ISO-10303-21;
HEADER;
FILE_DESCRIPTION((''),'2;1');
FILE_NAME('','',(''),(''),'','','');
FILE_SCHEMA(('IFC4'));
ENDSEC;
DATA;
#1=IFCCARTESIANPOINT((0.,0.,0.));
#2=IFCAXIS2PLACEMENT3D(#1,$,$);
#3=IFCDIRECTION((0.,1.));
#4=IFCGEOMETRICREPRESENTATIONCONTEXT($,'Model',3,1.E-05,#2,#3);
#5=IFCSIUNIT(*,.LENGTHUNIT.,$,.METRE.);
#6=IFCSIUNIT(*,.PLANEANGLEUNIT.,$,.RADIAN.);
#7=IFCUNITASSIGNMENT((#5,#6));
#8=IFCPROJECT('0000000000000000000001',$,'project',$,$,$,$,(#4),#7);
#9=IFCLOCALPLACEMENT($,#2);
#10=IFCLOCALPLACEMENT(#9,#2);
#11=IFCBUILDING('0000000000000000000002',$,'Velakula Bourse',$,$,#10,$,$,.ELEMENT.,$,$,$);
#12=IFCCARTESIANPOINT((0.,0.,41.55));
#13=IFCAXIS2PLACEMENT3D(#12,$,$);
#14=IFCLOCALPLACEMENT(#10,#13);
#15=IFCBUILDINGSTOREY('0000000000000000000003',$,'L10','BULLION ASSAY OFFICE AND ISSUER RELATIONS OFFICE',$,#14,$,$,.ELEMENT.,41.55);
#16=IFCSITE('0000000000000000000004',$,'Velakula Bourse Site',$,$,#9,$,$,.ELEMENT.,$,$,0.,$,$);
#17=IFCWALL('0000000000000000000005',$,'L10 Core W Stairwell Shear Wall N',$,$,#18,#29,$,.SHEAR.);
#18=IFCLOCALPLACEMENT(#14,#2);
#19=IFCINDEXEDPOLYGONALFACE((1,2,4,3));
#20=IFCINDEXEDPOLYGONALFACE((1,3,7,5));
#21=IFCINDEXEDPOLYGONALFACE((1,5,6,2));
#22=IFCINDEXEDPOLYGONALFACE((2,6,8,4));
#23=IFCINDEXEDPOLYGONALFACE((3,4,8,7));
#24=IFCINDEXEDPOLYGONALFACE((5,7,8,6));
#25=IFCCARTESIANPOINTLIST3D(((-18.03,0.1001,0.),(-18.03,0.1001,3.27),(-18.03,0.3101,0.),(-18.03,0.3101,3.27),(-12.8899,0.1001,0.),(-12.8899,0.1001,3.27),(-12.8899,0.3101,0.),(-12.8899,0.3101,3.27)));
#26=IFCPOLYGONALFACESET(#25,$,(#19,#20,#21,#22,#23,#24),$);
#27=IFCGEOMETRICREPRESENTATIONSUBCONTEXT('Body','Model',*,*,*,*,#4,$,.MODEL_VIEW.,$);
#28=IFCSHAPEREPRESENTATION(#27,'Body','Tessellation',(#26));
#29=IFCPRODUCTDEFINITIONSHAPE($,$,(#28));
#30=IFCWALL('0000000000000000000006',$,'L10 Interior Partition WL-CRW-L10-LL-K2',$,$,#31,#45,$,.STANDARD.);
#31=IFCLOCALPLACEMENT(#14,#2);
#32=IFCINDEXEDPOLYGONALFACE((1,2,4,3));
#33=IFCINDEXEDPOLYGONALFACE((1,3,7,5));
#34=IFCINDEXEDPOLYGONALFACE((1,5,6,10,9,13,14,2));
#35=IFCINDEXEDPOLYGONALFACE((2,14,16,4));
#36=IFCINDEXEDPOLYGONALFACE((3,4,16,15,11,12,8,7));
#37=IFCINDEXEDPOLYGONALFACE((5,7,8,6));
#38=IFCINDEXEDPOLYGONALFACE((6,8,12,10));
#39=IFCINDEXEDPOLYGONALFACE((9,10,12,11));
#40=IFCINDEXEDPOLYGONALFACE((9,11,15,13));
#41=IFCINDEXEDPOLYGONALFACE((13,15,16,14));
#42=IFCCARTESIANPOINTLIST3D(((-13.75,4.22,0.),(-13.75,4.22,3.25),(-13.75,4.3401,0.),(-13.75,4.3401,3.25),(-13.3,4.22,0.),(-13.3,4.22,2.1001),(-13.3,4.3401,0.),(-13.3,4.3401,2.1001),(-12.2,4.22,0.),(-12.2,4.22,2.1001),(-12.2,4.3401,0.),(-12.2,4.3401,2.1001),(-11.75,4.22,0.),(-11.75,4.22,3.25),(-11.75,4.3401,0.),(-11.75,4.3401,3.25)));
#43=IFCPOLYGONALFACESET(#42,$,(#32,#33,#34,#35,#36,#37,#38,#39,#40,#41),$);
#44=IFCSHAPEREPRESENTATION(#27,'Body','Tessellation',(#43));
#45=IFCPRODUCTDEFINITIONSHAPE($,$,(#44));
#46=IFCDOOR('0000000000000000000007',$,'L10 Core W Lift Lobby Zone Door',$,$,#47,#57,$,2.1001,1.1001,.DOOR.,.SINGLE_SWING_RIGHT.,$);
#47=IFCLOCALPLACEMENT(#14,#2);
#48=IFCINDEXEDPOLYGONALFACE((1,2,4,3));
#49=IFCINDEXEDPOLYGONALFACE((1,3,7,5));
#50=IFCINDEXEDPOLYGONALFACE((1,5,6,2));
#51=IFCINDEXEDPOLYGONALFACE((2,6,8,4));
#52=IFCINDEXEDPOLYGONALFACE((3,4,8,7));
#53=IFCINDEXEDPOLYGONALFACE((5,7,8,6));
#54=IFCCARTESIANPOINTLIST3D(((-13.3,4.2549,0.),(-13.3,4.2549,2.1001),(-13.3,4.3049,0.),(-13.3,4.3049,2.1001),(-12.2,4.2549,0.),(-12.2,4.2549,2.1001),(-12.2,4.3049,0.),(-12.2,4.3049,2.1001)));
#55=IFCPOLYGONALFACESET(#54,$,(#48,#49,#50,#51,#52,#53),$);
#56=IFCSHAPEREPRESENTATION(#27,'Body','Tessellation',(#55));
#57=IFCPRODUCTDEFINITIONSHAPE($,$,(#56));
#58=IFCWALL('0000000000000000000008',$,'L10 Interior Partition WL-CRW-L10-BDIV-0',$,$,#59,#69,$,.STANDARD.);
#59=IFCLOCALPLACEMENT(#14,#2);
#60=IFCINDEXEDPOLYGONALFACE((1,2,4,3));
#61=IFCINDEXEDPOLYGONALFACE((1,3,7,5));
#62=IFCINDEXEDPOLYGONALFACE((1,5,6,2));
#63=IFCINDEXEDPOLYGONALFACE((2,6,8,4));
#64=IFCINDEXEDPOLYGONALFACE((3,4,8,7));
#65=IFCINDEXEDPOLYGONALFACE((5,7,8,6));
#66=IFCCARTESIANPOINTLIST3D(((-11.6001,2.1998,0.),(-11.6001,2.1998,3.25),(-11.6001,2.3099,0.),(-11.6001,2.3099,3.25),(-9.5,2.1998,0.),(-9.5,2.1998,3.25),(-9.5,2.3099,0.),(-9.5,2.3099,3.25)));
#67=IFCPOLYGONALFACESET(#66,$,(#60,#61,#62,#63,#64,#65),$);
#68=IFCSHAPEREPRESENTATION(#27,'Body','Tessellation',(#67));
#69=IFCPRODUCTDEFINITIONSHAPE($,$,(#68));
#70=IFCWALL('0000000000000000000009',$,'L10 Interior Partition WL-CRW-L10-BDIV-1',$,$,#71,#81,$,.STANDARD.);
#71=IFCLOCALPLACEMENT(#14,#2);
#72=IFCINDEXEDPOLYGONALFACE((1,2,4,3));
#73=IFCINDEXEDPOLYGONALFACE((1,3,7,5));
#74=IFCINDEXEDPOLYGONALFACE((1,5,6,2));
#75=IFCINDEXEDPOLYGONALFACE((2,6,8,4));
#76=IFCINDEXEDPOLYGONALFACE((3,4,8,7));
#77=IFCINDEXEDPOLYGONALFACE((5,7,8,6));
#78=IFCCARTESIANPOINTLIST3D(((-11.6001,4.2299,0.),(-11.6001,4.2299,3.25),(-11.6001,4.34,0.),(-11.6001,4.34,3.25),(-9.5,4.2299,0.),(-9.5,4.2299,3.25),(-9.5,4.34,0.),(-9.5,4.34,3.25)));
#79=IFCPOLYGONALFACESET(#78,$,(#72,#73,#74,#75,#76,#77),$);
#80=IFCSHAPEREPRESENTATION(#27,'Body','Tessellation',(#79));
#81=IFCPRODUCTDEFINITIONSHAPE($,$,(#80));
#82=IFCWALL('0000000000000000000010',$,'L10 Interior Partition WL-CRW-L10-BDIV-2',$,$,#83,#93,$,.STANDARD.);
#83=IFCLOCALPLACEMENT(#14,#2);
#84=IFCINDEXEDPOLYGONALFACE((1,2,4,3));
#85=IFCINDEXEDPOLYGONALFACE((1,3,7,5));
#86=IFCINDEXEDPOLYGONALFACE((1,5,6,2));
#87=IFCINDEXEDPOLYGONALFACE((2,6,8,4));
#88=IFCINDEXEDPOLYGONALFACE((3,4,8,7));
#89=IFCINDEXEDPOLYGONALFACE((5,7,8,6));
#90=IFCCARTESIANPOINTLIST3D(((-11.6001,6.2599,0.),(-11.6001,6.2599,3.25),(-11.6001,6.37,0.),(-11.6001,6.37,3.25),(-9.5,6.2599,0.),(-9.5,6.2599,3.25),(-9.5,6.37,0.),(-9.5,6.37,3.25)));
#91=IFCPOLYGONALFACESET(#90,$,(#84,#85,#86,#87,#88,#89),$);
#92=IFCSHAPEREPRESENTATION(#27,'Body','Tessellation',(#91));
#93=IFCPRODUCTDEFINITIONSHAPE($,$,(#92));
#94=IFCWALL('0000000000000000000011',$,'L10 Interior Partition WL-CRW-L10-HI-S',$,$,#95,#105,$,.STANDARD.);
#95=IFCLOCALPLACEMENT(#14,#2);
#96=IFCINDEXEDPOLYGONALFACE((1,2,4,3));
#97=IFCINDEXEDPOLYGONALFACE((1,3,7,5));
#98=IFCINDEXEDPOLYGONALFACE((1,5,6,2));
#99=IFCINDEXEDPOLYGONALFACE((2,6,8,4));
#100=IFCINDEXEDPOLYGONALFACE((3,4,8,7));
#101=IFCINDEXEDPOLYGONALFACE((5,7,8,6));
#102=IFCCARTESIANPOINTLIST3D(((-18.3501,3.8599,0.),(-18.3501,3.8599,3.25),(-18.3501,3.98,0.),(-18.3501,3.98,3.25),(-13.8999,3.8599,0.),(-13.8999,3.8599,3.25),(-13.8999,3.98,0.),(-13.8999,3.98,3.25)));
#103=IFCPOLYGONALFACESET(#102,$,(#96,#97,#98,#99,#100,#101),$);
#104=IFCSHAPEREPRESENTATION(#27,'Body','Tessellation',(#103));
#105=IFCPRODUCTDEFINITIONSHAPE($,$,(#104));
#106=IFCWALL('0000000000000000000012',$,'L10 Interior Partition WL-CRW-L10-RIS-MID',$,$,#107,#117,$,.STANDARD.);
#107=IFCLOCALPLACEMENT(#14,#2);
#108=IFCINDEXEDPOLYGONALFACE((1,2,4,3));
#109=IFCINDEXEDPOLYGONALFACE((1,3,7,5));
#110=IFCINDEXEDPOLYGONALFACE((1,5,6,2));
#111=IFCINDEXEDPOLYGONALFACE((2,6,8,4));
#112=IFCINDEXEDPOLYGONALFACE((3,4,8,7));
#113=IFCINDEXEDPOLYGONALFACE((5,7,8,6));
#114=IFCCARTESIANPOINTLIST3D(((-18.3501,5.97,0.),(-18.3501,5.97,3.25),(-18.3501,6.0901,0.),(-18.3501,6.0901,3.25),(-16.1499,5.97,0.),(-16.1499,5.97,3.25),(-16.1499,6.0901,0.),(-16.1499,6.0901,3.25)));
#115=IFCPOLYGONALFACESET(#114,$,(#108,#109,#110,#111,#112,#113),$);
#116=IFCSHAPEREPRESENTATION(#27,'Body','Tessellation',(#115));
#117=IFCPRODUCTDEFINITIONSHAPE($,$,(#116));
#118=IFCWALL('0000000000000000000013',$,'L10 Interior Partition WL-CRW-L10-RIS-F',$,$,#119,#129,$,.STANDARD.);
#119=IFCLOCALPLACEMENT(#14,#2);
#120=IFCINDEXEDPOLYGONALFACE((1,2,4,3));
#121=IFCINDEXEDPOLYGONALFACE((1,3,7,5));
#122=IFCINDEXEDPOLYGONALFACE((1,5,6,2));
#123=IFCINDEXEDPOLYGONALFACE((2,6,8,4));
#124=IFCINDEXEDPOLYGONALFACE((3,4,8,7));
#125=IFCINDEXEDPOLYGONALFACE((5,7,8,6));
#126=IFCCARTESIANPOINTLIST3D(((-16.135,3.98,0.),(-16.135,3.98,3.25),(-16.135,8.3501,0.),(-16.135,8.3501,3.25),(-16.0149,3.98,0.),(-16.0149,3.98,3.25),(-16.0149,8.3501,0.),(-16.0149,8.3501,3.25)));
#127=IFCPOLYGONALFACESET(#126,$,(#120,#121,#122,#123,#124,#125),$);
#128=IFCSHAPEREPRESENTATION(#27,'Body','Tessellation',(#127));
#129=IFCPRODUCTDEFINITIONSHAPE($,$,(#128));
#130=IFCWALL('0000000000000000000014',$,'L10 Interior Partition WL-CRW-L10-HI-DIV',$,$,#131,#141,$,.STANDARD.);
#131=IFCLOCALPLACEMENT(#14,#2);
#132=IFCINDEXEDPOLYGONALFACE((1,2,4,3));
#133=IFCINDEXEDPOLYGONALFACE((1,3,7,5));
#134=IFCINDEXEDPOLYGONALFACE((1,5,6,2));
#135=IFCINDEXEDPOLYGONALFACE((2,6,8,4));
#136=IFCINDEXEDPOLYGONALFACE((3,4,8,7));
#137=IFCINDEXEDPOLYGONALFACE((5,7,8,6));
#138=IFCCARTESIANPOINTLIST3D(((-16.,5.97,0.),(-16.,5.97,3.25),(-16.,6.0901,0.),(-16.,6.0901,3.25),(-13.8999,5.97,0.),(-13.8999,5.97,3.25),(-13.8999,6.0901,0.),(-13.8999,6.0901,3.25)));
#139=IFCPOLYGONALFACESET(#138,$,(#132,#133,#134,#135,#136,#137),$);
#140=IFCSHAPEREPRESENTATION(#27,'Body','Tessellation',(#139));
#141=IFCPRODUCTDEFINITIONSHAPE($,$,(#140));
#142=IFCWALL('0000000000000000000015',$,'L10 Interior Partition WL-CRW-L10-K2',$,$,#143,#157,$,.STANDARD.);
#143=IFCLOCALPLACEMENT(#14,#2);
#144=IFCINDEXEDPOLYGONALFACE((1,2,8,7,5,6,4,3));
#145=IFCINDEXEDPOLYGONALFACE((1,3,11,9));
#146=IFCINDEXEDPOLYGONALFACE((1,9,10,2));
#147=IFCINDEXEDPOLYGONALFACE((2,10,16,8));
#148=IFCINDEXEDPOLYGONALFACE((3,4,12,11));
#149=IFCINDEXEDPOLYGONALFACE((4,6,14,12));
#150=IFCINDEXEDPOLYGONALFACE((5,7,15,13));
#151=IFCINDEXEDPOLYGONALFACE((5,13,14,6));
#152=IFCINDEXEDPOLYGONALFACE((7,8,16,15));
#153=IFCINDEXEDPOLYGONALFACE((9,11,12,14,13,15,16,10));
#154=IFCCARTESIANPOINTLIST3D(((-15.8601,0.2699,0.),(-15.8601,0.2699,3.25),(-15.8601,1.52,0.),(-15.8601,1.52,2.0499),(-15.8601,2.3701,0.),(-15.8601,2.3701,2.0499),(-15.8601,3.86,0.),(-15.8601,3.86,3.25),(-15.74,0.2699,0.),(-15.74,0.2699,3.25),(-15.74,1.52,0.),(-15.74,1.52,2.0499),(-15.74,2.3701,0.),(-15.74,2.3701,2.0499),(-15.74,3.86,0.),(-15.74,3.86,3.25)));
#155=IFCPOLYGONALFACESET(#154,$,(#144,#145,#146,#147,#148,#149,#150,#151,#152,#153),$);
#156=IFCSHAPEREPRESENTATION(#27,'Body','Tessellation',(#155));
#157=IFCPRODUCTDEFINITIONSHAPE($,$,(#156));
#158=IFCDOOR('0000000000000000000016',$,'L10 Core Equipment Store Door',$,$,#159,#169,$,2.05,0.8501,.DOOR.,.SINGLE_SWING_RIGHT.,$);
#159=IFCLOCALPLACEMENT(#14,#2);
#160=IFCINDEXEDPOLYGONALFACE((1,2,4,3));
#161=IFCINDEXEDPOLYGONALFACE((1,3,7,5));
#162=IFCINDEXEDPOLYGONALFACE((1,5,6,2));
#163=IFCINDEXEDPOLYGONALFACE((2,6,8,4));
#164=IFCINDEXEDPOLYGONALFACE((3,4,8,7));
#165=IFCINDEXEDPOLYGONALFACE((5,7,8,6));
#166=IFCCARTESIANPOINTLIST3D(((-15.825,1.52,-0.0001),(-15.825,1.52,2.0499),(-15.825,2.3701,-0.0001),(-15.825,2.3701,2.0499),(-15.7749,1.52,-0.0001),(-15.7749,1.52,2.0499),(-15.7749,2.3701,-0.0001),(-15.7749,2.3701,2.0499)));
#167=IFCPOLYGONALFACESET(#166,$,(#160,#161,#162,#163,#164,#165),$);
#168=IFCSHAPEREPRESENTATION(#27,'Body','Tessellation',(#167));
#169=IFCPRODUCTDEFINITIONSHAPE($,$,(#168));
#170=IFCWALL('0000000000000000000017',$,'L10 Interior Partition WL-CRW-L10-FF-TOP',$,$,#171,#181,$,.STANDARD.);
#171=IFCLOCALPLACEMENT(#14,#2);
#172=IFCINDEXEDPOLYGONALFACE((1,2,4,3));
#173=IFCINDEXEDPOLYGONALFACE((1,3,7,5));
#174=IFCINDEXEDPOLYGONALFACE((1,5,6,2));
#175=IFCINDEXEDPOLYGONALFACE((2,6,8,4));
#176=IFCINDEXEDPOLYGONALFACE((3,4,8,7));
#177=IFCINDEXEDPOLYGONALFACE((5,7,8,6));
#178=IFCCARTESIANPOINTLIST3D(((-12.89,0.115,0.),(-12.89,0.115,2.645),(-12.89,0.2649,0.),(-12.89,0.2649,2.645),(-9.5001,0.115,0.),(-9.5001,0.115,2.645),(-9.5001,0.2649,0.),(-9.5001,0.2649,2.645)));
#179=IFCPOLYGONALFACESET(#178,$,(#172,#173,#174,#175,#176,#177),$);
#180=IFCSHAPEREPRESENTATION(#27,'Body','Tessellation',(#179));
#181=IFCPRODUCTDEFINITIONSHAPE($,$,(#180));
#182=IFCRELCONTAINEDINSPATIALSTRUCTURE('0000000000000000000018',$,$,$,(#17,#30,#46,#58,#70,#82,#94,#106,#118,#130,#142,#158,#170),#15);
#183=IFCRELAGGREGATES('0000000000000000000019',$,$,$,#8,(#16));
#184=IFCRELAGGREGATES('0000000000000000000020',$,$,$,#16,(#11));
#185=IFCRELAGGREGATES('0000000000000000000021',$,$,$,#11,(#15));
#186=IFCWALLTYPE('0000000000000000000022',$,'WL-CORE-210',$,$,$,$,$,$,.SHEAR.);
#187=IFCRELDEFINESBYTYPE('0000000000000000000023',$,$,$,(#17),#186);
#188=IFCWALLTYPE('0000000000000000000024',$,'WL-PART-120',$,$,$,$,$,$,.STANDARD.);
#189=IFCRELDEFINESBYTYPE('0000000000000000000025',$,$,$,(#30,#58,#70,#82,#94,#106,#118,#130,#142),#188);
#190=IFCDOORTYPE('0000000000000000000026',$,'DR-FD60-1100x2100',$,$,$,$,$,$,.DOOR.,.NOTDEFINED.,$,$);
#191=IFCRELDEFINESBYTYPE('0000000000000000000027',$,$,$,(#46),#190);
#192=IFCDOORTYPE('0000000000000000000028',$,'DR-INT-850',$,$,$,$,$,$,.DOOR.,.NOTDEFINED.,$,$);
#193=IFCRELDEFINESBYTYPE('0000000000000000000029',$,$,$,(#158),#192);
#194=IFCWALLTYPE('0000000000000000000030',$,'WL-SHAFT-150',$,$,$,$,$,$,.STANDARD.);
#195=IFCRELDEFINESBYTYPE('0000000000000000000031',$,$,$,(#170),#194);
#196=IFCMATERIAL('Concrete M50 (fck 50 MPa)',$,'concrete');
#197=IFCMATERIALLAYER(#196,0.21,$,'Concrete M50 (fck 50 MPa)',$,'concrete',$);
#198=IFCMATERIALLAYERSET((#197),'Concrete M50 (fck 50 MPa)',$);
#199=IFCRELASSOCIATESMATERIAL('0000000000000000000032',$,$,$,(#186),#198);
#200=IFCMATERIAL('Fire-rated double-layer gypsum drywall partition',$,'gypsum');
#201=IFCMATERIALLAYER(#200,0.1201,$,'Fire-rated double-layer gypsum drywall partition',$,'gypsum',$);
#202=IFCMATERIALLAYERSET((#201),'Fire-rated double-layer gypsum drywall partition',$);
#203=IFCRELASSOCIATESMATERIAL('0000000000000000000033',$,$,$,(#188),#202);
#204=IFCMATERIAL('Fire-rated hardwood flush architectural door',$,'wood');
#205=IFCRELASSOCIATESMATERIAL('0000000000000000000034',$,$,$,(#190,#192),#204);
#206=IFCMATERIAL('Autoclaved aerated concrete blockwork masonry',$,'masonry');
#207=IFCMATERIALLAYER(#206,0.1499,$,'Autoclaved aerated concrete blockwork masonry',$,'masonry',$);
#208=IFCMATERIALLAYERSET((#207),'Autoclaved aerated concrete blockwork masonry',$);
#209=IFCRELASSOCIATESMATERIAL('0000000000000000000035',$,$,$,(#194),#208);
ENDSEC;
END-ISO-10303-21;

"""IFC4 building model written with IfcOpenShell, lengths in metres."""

from ifc_helpers import new_model, si_unit, direction, frame, frame_2d, origin, place, context, subcontext, project, spatial, rectangle, extrude, material, layer, layer_set, type_object, element, fill, save


model = new_model("IFC4")

# Units and contexts
model_context = context("Model", 3, precision=1e-05, world=origin(), true_north=direction((0.0, 1.0)))
body_context = subcontext(model_context, "Body", "Model", "MODEL_VIEW")
ifc_project = project(units=[si_unit("LENGTHUNIT", "METRE"), si_unit("PLANEANGLEUNIT", "RADIAN")], contexts=[model_context])

# Site, building, storey
site_placement = place(None, origin())
site = spatial("IfcSite", under=ifc_project, at=site_placement, Name="Velakula Bourse Site", CompositionType="ELEMENT", RefElevation=0.0)
building_placement = place(site_placement, origin())
building = spatial("IfcBuilding", under=site, at=building_placement, Name="Velakula Bourse", CompositionType="ELEMENT")
storey_placement = place(building_placement, frame((0.0, 0.0, 41.55)))
storey = spatial("IfcBuildingStorey", under=building, at=storey_placement, Name="L10", Description="BULLION ASSAY OFFICE AND ISSUER RELATIONS OFFICE", CompositionType="ELEMENT", Elevation=41.55)

# Wall
ifc_material_1 = material(Name="Concrete M50 (fck 50 MPa)", Category="concrete")
ifc_layer_1 = layer(ifc_material_1, 0.21, Name="Concrete M50 (fck 50 MPa)", Category="concrete")
ifc_layer_set_1 = layer_set([ifc_layer_1], Name="Concrete M50 (fck 50 MPa)")
wall_type_1 = type_object("IfcWallType", Name="WL-CORE-210", PredefinedType="SHEAR", material=ifc_layer_set_1)
wall_1_placement = place(storey_placement, frame((-12.8899, 0.2051, 0.0), z_axis=(0.0, 0.0, 1.0), x_axis=(-1.0, 0.0, 0.0)))
element("IfcWall", 1, at=wall_1_placement, inside=storey, type_object=wall_type_1, Name="L10 Core W Stairwell Shear Wall N", PredefinedType="SHEAR", context=body_context, shape_type="SweptSolid", body=[
    extrude(rectangle(XDim=5.1401, YDim=0.21, at=frame_2d((2.5701, 0.0))), origin(), (0.0, 0.0, 1.0), 3.27),
])

# Wall, opening, door
ifc_material_2 = material(Name="Fire-rated double-layer gypsum drywall partition", Category="gypsum")
ifc_layer_2 = layer(ifc_material_2, 0.1201, Name="Fire-rated double-layer gypsum drywall partition", Category="gypsum")
ifc_layer_set_2 = layer_set([ifc_layer_2], Name="Fire-rated double-layer gypsum drywall partition")
wall_type_2 = type_object("IfcWallType", Name="WL-PART-120", PredefinedType="STANDARD", material=ifc_layer_set_2)
wall_2_placement = place(storey_placement, frame((-13.75, 4.28, 0.0), z_axis=(0.0, 0.0, 1.0), x_axis=(1.0, 0.0, 0.0)))
wall_2 = element("IfcWall", 2, at=wall_2_placement, inside=storey, type_object=wall_type_2, Name="L10 Interior Partition WL-CRW-L10-LL-K2", PredefinedType="STANDARD", context=body_context, shape_type="SweptSolid", body=[
    extrude(rectangle(XDim=2.0, YDim=0.1201, at=frame_2d((1.0, 0.0))), origin(), (0.0, 0.0, 1.0), 3.25),
])
opening_1_placement = place(wall_2_placement, frame((0.45, 0.0, 0.0)))
opening_1 = element("IfcOpeningElement", 3, at=opening_1_placement, cuts=wall_2, PredefinedType="OPENING", context=body_context, shape_type="SweptSolid", body=[
    extrude(rectangle(XDim=1.1001, YDim=2.1001, at=frame_2d((0.55, 1.05))), frame((0.0, 0.0701, 0.0), z_axis=(0.0, -1.0, 0.0), x_axis=(1.0, 0.0, 0.0)), (0.0, 0.0, 1.0), 0.1401),
])
ifc_material_3 = material(Name="Fire-rated hardwood flush architectural door", Category="wood")
door_type_1 = type_object("IfcDoorType", Name="DR-FD60-1100x2100", OperationType="NOTDEFINED", PredefinedType="DOOR", material=ifc_material_3)
door_1_placement = place(opening_1_placement, origin())
door_1 = element("IfcDoor", 4, at=door_1_placement, inside=storey, type_object=door_type_1, Name="L10 Core W Lift Lobby Zone Door", OperationType="SINGLE_SWING_RIGHT", OverallHeight=2.1001, OverallWidth=1.1001, PredefinedType="DOOR", context=body_context, shape_type="SweptSolid", body=[
    extrude(rectangle(XDim=1.1001, YDim=2.1001, at=frame_2d((0.55, 1.05))), frame((0.0, 0.0249, 0.0), z_axis=(0.0, -1.0, 0.0), x_axis=(1.0, 0.0, 0.0)), (0.0, 0.0, 1.0), 0.05),
])
fill(opening_1, door_1)

# Walls
for number, where, z_axis, x_axis, name in (
    (5, (-11.6001, 2.2549, 0.0), (0.0, 0.0, 1.0), (1.0, 0.0, 0.0), "L10 Interior Partition WL-CRW-L10-BDIV-0"),
    (6, (-11.6001, 4.2849, 0.0), (0.0, 0.0, 1.0), (1.0, 0.0, 0.0), "L10 Interior Partition WL-CRW-L10-BDIV-1"),
    (7, (-11.6001, 6.3149, 0.0), (0.0, 0.0, 1.0), (1.0, 0.0, 0.0), "L10 Interior Partition WL-CRW-L10-BDIV-2"),
):
    element("IfcWall", number, at=place(storey_placement, frame(where, z_axis=z_axis, x_axis=x_axis)), inside=storey, type_object=wall_type_2, Name=name, PredefinedType="STANDARD", context=body_context, shape_type="SweptSolid", body=[
        extrude(rectangle(XDim=2.1001, YDim=0.1101, at=frame_2d((1.05, 0.0))), origin(), (0.0, 0.0, 1.0), 3.25),
    ])
wall_3_placement = place(storey_placement, frame((-18.3501, 3.9199, 0.0), z_axis=(0.0, 0.0, 1.0), x_axis=(1.0, 0.0, 0.0)))
element("IfcWall", 8, at=wall_3_placement, inside=storey, type_object=wall_type_2, Name="L10 Interior Partition WL-CRW-L10-HI-S", PredefinedType="STANDARD", context=body_context, shape_type="SweptSolid", body=[
    extrude(rectangle(XDim=4.4502, YDim=0.1201, at=frame_2d((2.2251, 0.0))), origin(), (0.0, 0.0, 1.0), 3.25),
])
wall_4_placement = place(storey_placement, frame((-18.3501, 6.03, 0.0), z_axis=(0.0, 0.0, 1.0), x_axis=(1.0, 0.0, 0.0)))
element("IfcWall", 9, at=wall_4_placement, inside=storey, type_object=wall_type_2, Name="L10 Interior Partition WL-CRW-L10-RIS-MID", PredefinedType="STANDARD", context=body_context, shape_type="SweptSolid", body=[
    extrude(rectangle(XDim=2.2002, YDim=0.1201, at=frame_2d((1.1001, 0.0))), origin(), (0.0, 0.0, 1.0), 3.25),
])
wall_5_placement = place(storey_placement, frame((-16.075, 3.98, 0.0), z_axis=(0.0, 0.0, 1.0), x_axis=(0.0, 1.0, 0.0)))
element("IfcWall", 10, at=wall_5_placement, inside=storey, type_object=wall_type_2, Name="L10 Interior Partition WL-CRW-L10-RIS-F", PredefinedType="STANDARD", context=body_context, shape_type="SweptSolid", body=[
    extrude(rectangle(XDim=4.3701, YDim=0.1201, at=frame_2d((2.1851, 0.0))), origin(), (0.0, 0.0, 1.0), 3.25),
])
wall_6_placement = place(storey_placement, frame((-16.0, 6.03, 0.0), z_axis=(0.0, 0.0, 1.0), x_axis=(1.0, 0.0, 0.0)))
element("IfcWall", 11, at=wall_6_placement, inside=storey, type_object=wall_type_2, Name="L10 Interior Partition WL-CRW-L10-HI-DIV", PredefinedType="STANDARD", context=body_context, shape_type="SweptSolid", body=[
    extrude(rectangle(XDim=2.1001, YDim=0.1201, at=frame_2d((1.05, 0.0))), origin(), (0.0, 0.0, 1.0), 3.25),
])

# Wall, opening, door
wall_7_placement = place(storey_placement, frame((-15.8, 0.27, 0.0), z_axis=(0.0, 0.0, 1.0), x_axis=(0.0, 1.0, 0.0)))
wall_7 = element("IfcWall", 12, at=wall_7_placement, inside=storey, type_object=wall_type_2, Name="L10 Interior Partition WL-CRW-L10-K2", PredefinedType="STANDARD", context=body_context, shape_type="SweptSolid", body=[
    extrude(rectangle(XDim=3.5901, YDim=0.1201, at=frame_2d((1.7949, 0.0))), origin(), (0.0, 0.0, 1.0), 3.25),
])
opening_2_placement = place(wall_7_placement, frame((1.25, 0.0, 0.0)))
opening_2 = element("IfcOpeningElement", 13, at=opening_2_placement, cuts=wall_7, PredefinedType="OPENING", context=body_context, shape_type="SweptSolid", body=[
    extrude(rectangle(XDim=0.8501, YDim=2.05, at=frame_2d((0.425, 1.0249))), frame((0.0, 0.0701, 0.0), z_axis=(0.0, -1.0, 0.0), x_axis=(1.0, 0.0, 0.0)), (0.0, 0.0, 1.0), 0.1401),
])
door_type_2 = type_object("IfcDoorType", Name="DR-INT-850", OperationType="NOTDEFINED", PredefinedType="DOOR", material=ifc_material_3)
door_2_placement = place(opening_2_placement, origin())
door_2 = element("IfcDoor", 14, at=door_2_placement, inside=storey, type_object=door_type_2, Name="L10 Core Equipment Store Door", OperationType="SINGLE_SWING_RIGHT", OverallHeight=2.05, OverallWidth=0.8501, PredefinedType="DOOR", context=body_context, shape_type="SweptSolid", body=[
    extrude(rectangle(XDim=0.8501, YDim=2.05, at=frame_2d((0.425, 1.0249))), frame((0.0, 0.0249, 0.0), z_axis=(0.0, -1.0, 0.0), x_axis=(1.0, 0.0, 0.0)), (0.0, 0.0, 1.0), 0.05),
])
fill(opening_2, door_2)

# Wall
ifc_material_4 = material(Name="Autoclaved aerated concrete blockwork masonry", Category="masonry")
ifc_layer_3 = layer(ifc_material_4, 0.1499, Name="Autoclaved aerated concrete blockwork masonry", Category="masonry")
ifc_layer_set_3 = layer_set([ifc_layer_3], Name="Autoclaved aerated concrete blockwork masonry")
wall_type_3 = type_object("IfcWallType", Name="WL-SHAFT-150", PredefinedType="STANDARD", material=ifc_layer_set_3)
wall_8_placement = place(storey_placement, frame((-12.8899, 0.1899, 0.0), z_axis=(0.0, 0.0, 1.0), x_axis=(1.0, 0.0, 0.0)))
element("IfcWall", 15, at=wall_8_placement, inside=storey, type_object=wall_type_3, Name="L10 Interior Partition WL-CRW-L10-FF-TOP", PredefinedType="STANDARD", context=body_context, shape_type="SweptSolid", body=[
    extrude(rectangle(XDim=3.3899, YDim=0.1499, at=frame_2d((1.6948, 0.0))), origin(), (0.0, 0.0, 1.0), 2.645),
])

save(model, "model.ifc")
